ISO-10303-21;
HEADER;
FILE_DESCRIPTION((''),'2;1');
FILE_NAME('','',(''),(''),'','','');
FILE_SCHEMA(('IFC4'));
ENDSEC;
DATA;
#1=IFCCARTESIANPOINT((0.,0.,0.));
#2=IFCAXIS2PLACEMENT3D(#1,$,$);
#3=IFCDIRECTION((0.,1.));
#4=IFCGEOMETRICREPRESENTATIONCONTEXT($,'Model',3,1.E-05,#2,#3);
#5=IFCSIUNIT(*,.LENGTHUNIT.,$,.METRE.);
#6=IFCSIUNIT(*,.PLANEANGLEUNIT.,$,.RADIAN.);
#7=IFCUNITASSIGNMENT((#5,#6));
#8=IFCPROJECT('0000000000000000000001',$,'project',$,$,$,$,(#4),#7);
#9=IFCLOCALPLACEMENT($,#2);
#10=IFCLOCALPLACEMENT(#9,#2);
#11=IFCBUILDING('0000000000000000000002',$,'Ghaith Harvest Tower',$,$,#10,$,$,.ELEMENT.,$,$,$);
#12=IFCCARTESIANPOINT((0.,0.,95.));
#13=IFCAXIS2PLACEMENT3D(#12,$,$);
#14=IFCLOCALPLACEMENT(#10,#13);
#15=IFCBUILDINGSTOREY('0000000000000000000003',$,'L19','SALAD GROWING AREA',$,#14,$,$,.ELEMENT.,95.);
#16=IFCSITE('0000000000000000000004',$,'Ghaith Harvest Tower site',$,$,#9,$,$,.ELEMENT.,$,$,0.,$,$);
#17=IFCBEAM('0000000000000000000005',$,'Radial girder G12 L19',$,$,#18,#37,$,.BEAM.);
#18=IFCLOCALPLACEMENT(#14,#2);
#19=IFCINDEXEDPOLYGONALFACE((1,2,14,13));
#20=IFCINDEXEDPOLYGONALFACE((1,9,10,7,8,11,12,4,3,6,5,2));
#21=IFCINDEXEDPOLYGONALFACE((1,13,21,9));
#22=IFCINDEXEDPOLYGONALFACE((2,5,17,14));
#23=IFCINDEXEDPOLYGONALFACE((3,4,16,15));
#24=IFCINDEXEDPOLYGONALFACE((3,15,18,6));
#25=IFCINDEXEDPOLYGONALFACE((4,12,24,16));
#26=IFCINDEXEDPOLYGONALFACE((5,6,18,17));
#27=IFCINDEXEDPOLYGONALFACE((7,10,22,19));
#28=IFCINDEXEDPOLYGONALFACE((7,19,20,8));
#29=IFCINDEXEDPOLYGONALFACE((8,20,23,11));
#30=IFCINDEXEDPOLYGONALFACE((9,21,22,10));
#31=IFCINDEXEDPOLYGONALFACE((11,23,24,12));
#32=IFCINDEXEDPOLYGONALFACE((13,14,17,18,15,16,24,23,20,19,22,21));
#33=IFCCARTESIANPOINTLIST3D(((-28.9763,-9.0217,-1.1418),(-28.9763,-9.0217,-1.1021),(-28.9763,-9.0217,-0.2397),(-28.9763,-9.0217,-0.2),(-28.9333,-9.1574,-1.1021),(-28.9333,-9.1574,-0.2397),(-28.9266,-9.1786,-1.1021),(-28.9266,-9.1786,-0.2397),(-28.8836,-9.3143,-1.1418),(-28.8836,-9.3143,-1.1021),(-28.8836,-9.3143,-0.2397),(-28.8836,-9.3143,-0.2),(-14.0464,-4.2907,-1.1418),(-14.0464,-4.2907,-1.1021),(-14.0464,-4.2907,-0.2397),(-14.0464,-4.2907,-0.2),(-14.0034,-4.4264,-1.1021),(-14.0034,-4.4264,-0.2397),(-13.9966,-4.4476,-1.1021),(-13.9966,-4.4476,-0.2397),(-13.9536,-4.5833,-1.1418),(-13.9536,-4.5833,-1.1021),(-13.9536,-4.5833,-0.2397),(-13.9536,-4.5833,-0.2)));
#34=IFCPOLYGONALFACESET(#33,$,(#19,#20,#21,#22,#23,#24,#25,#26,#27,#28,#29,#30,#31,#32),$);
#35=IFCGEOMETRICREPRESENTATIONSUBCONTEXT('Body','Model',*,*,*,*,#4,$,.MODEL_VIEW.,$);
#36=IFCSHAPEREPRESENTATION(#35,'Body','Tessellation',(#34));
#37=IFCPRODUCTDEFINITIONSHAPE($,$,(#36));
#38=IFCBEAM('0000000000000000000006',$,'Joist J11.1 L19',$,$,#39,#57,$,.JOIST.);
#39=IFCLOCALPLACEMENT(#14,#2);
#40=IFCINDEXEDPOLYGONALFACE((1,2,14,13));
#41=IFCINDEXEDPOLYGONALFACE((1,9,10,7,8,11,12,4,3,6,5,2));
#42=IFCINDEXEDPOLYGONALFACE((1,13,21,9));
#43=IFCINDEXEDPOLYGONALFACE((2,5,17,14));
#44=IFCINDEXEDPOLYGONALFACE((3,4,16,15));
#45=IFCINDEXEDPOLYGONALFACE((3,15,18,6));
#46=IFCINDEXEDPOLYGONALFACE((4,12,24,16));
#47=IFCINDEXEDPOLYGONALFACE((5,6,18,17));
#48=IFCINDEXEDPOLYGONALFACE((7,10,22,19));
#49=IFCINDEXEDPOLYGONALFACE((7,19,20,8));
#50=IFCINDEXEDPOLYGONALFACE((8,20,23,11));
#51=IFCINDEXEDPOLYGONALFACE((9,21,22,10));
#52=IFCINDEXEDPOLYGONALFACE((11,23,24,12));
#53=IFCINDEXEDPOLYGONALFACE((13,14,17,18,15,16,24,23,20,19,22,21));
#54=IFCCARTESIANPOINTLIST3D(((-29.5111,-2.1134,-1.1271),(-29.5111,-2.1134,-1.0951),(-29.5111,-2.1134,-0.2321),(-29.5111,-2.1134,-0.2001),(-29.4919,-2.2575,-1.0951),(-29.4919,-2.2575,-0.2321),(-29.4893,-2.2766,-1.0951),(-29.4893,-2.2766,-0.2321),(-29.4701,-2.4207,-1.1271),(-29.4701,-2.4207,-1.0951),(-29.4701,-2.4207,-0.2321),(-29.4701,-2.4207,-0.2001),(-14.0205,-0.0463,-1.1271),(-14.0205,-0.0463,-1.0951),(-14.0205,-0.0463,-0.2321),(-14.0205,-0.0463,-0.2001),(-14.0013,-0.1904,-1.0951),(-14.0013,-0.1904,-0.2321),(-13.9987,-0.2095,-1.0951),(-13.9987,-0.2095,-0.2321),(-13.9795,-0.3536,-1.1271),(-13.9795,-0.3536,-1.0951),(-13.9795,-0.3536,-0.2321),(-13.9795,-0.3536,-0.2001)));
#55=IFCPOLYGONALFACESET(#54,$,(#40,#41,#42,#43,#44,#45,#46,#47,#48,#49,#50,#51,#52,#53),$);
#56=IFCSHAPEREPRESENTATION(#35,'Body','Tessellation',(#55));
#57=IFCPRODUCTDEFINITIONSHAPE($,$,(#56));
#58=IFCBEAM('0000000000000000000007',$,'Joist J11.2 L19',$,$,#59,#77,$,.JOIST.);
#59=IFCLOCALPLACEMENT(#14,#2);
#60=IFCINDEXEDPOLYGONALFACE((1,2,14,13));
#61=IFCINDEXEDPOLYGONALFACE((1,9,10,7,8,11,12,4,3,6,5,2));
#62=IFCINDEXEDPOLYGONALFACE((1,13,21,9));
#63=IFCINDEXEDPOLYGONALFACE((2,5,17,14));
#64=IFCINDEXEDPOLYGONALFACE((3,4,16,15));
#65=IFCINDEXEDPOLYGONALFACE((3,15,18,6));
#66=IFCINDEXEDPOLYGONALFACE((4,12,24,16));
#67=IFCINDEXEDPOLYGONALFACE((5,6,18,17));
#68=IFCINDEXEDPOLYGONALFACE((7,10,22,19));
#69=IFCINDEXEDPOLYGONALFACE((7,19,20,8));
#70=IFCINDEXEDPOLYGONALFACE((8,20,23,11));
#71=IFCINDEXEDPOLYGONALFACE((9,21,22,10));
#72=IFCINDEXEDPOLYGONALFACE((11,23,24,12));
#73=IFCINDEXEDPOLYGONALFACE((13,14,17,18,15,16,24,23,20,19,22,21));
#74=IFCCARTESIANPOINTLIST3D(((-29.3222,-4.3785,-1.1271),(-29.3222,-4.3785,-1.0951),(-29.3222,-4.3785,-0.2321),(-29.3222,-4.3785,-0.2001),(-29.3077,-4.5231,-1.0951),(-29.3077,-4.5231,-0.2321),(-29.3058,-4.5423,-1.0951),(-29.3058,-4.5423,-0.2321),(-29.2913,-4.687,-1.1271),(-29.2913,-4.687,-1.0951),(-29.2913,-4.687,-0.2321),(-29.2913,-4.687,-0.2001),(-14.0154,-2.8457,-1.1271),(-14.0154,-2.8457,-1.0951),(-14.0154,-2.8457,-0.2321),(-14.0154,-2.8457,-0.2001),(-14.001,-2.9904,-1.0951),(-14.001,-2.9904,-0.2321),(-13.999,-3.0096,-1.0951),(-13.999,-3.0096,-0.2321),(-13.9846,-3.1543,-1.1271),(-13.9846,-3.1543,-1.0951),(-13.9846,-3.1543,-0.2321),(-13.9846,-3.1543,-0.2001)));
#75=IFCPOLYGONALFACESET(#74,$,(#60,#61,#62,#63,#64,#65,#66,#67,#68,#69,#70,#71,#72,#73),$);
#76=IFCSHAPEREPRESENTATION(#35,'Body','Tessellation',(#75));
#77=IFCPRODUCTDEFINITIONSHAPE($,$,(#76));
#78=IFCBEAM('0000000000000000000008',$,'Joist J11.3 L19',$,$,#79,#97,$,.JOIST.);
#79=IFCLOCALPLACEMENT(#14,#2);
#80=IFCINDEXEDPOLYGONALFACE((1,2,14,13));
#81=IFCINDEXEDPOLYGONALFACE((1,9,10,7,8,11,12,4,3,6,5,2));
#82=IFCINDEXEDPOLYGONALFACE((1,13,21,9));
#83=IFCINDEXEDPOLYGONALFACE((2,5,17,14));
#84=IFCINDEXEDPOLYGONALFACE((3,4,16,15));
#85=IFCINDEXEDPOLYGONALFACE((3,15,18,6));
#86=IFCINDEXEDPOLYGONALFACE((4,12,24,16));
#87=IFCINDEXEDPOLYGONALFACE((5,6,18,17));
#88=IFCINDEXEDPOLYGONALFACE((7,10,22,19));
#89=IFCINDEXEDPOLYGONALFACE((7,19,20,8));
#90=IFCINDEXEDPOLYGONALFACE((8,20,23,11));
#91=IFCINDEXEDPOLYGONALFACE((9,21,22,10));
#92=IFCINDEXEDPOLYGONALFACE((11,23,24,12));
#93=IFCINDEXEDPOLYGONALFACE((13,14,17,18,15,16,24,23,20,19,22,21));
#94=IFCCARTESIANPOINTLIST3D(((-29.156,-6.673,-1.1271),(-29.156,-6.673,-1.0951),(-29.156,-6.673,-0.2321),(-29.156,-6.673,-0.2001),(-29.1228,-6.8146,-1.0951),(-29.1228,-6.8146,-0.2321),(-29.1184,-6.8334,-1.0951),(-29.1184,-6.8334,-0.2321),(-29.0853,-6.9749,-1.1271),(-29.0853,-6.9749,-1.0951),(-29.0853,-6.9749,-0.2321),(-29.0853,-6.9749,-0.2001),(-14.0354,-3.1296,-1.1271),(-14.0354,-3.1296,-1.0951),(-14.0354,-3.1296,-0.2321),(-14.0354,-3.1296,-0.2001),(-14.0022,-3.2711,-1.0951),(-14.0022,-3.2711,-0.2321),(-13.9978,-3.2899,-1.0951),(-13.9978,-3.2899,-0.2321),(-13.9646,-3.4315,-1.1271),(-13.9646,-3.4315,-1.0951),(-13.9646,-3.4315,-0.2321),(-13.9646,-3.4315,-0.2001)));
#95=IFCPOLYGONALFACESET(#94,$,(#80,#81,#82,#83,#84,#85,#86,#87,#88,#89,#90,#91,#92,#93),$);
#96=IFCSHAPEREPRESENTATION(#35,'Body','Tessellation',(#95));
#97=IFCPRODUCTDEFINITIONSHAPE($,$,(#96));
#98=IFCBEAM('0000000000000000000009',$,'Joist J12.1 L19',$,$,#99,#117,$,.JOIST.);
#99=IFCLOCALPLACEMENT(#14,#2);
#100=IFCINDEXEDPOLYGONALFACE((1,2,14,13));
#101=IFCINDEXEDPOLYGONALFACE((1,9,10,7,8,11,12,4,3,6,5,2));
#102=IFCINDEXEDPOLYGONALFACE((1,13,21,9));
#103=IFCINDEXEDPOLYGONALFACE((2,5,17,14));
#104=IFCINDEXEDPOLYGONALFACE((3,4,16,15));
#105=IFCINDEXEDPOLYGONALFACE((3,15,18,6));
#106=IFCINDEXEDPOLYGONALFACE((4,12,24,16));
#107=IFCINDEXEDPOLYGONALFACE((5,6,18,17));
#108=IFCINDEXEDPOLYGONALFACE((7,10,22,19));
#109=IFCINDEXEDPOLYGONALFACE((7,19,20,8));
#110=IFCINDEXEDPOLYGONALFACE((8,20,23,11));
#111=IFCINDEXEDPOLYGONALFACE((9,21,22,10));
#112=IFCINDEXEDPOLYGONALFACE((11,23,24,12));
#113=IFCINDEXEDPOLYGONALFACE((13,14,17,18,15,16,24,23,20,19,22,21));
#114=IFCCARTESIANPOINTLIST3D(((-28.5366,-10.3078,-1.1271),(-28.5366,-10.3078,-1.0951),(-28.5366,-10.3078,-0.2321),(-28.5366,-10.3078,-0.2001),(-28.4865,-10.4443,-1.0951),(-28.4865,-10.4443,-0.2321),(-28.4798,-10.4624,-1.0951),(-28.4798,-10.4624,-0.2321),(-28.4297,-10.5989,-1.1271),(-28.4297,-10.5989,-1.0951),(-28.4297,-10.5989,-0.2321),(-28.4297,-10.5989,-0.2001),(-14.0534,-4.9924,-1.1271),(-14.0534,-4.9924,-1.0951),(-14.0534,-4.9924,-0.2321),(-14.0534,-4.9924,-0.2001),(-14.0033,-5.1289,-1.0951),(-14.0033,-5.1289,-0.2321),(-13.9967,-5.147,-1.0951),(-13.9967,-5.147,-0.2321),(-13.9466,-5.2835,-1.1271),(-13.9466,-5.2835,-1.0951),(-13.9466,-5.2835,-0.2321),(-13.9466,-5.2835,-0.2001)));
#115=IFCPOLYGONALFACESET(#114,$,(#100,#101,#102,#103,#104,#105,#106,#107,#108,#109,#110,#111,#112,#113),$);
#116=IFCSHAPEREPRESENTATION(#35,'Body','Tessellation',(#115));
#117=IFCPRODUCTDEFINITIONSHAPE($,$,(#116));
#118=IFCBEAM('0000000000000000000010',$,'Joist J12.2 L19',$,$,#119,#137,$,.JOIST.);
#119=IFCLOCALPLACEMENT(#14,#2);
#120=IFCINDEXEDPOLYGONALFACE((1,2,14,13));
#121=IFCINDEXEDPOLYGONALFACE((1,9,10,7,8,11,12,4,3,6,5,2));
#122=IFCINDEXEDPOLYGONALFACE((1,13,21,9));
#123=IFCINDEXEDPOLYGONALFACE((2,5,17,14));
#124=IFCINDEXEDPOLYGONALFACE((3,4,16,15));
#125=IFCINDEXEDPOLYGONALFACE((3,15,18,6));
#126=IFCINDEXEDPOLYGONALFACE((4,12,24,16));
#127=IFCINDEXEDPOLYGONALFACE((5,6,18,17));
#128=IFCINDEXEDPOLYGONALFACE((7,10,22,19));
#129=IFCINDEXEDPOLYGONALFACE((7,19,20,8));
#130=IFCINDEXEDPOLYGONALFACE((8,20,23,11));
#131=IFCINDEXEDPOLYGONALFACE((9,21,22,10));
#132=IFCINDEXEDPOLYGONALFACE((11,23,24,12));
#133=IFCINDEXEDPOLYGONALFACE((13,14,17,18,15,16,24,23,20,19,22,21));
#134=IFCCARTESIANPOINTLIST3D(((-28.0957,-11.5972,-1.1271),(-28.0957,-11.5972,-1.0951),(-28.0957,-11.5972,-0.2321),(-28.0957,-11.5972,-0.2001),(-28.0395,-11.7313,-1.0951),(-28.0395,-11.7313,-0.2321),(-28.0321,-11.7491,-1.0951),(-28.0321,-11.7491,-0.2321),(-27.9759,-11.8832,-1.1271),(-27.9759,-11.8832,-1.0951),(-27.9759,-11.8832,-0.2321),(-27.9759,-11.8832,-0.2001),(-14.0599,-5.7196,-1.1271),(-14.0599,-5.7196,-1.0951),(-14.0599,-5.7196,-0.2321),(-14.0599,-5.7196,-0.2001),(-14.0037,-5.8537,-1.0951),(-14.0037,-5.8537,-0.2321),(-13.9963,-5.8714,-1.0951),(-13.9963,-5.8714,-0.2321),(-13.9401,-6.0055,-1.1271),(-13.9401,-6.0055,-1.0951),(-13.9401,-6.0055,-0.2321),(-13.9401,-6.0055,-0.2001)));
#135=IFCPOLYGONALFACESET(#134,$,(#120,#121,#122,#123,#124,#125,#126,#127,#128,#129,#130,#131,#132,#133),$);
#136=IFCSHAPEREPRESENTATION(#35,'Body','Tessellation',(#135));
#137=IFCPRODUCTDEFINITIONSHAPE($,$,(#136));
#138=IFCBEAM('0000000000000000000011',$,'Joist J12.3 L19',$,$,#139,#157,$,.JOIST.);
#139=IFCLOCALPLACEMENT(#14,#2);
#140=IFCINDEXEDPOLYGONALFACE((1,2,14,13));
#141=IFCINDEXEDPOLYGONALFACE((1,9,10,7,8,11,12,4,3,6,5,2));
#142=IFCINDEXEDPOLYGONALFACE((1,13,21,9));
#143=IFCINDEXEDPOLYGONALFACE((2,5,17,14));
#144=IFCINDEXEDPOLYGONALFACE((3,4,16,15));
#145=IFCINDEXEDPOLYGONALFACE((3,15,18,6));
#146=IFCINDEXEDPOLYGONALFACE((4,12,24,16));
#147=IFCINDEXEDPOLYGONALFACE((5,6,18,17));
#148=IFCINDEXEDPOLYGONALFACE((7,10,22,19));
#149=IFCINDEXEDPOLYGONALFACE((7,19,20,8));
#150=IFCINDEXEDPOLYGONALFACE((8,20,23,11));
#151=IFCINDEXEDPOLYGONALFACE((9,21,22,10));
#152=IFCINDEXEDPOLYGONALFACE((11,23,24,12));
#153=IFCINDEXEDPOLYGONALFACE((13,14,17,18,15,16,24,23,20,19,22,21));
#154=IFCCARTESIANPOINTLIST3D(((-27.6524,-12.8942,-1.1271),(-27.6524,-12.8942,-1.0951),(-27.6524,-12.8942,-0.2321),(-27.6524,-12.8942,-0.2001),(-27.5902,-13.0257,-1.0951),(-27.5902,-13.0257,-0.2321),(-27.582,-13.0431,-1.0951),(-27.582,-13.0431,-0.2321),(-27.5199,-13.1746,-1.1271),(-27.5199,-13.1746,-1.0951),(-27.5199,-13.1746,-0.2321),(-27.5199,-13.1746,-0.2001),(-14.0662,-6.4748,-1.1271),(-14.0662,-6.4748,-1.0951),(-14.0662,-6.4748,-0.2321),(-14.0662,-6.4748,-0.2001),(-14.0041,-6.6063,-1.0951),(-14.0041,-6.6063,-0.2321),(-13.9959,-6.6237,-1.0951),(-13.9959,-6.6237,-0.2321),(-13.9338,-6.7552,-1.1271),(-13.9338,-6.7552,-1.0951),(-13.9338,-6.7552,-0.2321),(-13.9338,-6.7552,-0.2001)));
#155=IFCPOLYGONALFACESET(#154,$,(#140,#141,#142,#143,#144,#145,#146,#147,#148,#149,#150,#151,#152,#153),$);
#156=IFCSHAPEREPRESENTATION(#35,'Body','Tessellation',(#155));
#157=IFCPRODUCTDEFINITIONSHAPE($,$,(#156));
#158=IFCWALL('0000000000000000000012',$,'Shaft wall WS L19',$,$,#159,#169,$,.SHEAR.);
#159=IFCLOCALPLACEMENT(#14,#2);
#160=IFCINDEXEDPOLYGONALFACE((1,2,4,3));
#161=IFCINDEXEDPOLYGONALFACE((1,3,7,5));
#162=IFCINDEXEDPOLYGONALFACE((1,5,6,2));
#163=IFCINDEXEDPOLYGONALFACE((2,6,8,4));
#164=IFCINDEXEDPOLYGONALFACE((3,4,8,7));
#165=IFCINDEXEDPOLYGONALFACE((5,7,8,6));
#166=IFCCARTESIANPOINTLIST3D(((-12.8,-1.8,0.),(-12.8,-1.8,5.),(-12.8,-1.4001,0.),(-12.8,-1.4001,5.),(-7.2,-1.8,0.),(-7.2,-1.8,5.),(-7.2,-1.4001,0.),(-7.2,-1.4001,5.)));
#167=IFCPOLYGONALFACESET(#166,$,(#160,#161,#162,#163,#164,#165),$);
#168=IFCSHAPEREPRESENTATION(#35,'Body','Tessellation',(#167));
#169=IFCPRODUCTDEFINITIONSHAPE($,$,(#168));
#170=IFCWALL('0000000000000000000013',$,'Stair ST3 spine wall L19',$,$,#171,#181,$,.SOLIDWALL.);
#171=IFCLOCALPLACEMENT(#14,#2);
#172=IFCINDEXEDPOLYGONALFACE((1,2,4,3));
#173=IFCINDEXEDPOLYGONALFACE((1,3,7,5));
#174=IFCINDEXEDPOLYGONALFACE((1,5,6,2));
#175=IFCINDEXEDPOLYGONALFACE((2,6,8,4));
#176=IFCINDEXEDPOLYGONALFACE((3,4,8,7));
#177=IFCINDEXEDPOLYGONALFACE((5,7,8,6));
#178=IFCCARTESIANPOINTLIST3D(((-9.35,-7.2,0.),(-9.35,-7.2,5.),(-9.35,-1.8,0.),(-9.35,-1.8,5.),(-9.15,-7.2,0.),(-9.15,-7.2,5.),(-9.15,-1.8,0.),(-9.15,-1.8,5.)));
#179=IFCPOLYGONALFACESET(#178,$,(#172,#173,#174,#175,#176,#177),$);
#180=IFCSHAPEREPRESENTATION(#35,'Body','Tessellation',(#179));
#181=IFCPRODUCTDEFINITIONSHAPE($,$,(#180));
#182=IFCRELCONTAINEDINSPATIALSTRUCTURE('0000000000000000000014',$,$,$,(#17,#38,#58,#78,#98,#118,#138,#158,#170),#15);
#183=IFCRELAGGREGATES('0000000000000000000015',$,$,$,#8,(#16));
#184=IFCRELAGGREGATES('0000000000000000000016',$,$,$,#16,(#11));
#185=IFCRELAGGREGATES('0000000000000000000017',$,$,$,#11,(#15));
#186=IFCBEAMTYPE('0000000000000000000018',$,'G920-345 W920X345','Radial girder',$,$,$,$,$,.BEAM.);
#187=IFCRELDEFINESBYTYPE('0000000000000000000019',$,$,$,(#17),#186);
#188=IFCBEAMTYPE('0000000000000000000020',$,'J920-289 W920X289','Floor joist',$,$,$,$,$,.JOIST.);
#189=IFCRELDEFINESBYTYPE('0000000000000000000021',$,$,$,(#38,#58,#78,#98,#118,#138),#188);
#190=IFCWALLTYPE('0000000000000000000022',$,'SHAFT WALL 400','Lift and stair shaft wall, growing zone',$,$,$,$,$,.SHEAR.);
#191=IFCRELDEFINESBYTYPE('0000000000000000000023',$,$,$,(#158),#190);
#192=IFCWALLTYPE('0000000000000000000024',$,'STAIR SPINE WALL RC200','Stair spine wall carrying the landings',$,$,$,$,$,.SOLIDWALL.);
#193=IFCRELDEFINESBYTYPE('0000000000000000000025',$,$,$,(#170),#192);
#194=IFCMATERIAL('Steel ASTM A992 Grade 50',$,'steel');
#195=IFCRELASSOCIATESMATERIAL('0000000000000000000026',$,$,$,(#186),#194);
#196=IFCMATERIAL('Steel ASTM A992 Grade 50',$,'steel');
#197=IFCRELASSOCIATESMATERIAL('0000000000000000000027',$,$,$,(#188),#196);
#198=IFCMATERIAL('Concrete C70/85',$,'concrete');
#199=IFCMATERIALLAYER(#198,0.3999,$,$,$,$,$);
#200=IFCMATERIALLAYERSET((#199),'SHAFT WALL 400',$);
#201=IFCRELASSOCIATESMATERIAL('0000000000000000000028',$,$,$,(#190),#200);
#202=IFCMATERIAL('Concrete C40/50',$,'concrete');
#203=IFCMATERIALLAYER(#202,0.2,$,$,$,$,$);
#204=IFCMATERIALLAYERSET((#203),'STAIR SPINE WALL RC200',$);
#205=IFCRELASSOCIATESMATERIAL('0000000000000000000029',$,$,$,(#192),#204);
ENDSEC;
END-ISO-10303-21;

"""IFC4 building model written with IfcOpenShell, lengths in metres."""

from ifc_helpers import new_model, si_unit, direction, frame, frame_2d, origin, origin_2d, place, context, subcontext, project, spatial, rectangle, i_section, extrude, material, layer, layer_set, material_profile, profile_set, type_object, element, save


model = new_model("IFC4")

# Units and contexts
model_context = context("Model", 3, precision=1e-05, world=origin(), true_north=direction((0.0, 1.0)))
body_context = subcontext(model_context, "Body", "Model", "MODEL_VIEW")
ifc_project = project(units=[si_unit("LENGTHUNIT", "METRE"), si_unit("PLANEANGLEUNIT", "RADIAN")], contexts=[model_context])

# Site, building, storey
site_placement = place(None, origin())
site = spatial("IfcSite", under=ifc_project, at=site_placement, Name="Ghaith Harvest Tower site", CompositionType="ELEMENT", RefElevation=0.0)
building_placement = place(site_placement, origin())
building = spatial("IfcBuilding", under=site, at=building_placement, Name="Ghaith Harvest Tower", CompositionType="ELEMENT")
storey_placement = place(building_placement, frame((0.0, 0.0, 95.0)))
storey = spatial("IfcBuildingStorey", under=building, at=storey_placement, Name="L19", Description="SALAD GROWING AREA", CompositionType="ELEMENT", Elevation=95.0)

# Beams
ifc_material_1 = material(Name="Steel ASTM A992 Grade 50", Category="steel")
ifc_material_profile_1 = material_profile(ifc_material_1, i_section(OverallWidth=0.3069, OverallDepth=0.9419, WebThickness=0.0222, FlangeThickness=0.0398, at=origin_2d()), Name="W920X345")
ifc_profile_set_1 = profile_set([ifc_material_profile_1], Name="Steel ASTM A992 Grade 50")
beam_type_1 = type_object("IfcBeamType", Name="G920-345 W920X345", Description="Radial girder", PredefinedType="BEAM", material=ifc_profile_set_1)
beam_1_placement = place(storey_placement, frame((-14.0, -4.437, -0.6709), z_axis=(-0.953284, -0.302074, 0.0), x_axis=(0.302074, -0.953284, 0.0)))
element("IfcBeam", 1, at=beam_1_placement, inside=storey, type_object=beam_type_1, Name="Radial girder G12 L19", PredefinedType="BEAM", context=body_context, shape_type="SweptSolid", body=[
    extrude(i_section(OverallWidth=0.3069, OverallDepth=0.9419, WebThickness=0.0222, FlangeThickness=0.0398, at=origin_2d()), origin(), (0.0, 0.0, 1.0), 15.6616),
])
ifc_material_2 = material(Name="Steel ASTM A992 Grade 50", Category="steel")
ifc_material_profile_2 = material_profile(ifc_material_2, i_section(OverallWidth=0.3101, OverallDepth=0.927, WebThickness=0.0193, FlangeThickness=0.032, at=origin_2d()), Name="W920X289")
ifc_profile_set_2 = profile_set([ifc_material_profile_2], Name="Steel ASTM A992 Grade 50")
beam_type_2 = type_object("IfcBeamType", Name="J920-289 W920X289", Description="Floor joist", PredefinedType="JOIST", material=ifc_profile_set_2)
beam_2_placement = place(storey_placement, frame((-14.0, -0.2, -0.6636), z_axis=(-0.991214, -0.132271, 0.0), x_axis=(0.132271, -0.991214, 0.0)))
element("IfcBeam", 2, at=beam_2_placement, inside=storey, type_object=beam_type_2, Name="Joist J11.1 L19", PredefinedType="JOIST", context=body_context, shape_type="SweptSolid", body=[
    extrude(i_section(OverallWidth=0.3101, OverallDepth=0.927, WebThickness=0.0193, FlangeThickness=0.032, at=origin_2d()), origin(), (0.0, 0.0, 1.0), 15.6279),
])
beam_3_placement = place(storey_placement, frame((-14.0, -3.0, -0.6636), z_axis=(-0.995024, -0.099636, 0.0), x_axis=(0.099636, -0.995024, 0.0)))
element("IfcBeam", 3, at=beam_3_placement, inside=storey, type_object=beam_type_2, Name="Joist J11.2 L19", PredefinedType="JOIST", context=body_context, shape_type="SweptSolid", body=[
    extrude(i_section(OverallWidth=0.3101, OverallDepth=0.927, WebThickness=0.0193, FlangeThickness=0.032, at=origin_2d()), origin(), (0.0, 0.0, 1.0), 15.3833),
])
beam_4_placement = place(storey_placement, frame((-14.0, -3.2805, -0.6636), z_axis=(-0.973623, -0.228165, 0.0), x_axis=(0.228165, -0.973623, 0.0)))
element("IfcBeam", 4, at=beam_4_placement, inside=storey, type_object=beam_type_2, Name="Joist J11.3 L19", PredefinedType="JOIST", context=body_context, shape_type="SweptSolid", body=[
    extrude(i_section(OverallWidth=0.3101, OverallDepth=0.927, WebThickness=0.0193, FlangeThickness=0.032, at=origin_2d()), origin(), (0.0, 0.0, 1.0), 15.5303),
])
beam_5_placement = place(storey_placement, frame((-14.0, -5.1379, -0.6636), z_axis=(-0.938773, -0.344537, 0.0), x_axis=(0.344537, -0.938773, 0.0)))
element("IfcBeam", 5, at=beam_5_placement, inside=storey, type_object=beam_type_2, Name="Joist J12.1 L19", PredefinedType="JOIST", context=body_context, shape_type="SweptSolid", body=[
    extrude(i_section(OverallWidth=0.3101, OverallDepth=0.927, WebThickness=0.0193, FlangeThickness=0.032, at=origin_2d()), origin(), (0.0, 0.0, 1.0), 15.4277),
])
beam_6_placement = place(storey_placement, frame((-14.0, -5.8625, -0.6636), z_axis=(-0.92239, -0.386261, 0.0), x_axis=(0.386261, -0.92239, 0.0)))
element("IfcBeam", 6, at=beam_6_placement, inside=storey, type_object=beam_type_2, Name="Joist J12.2 L19", PredefinedType="JOIST", context=body_context, shape_type="SweptSolid", body=[
    extrude(i_section(OverallWidth=0.3101, OverallDepth=0.927, WebThickness=0.0193, FlangeThickness=0.032, at=origin_2d()), origin(), (0.0, 0.0, 1.0), 15.2168),
])
beam_7_placement = place(storey_placement, frame((-14.0, -6.615, -0.6636), z_axis=(-0.904153, -0.42721, 0.0), x_axis=(0.42721, -0.904153, 0.0)))
element("IfcBeam", 7, at=beam_7_placement, inside=storey, type_object=beam_type_2, Name="Joist J12.3 L19", PredefinedType="JOIST", context=body_context, shape_type="SweptSolid", body=[
    extrude(i_section(OverallWidth=0.3101, OverallDepth=0.927, WebThickness=0.0193, FlangeThickness=0.032, at=origin_2d()), origin(), (0.0, 0.0, 1.0), 15.0264),
])

# Walls
ifc_material_3 = material(Name="Concrete C70/85", Category="concrete")
ifc_layer_1 = layer(ifc_material_3, 0.3999)
ifc_layer_set_1 = layer_set([ifc_layer_1], Name="SHAFT WALL 400")
wall_type_1 = type_object("IfcWallType", Name="SHAFT WALL 400", Description="Lift and stair shaft wall, growing zone", PredefinedType="SHEAR", material=ifc_layer_set_1)
wall_1_placement = place(storey_placement, frame((-12.8, -1.6001, 0.0), z_axis=(0.0, 0.0, 1.0), x_axis=(1.0, 0.0, 0.0)))
element("IfcWall", 8, at=wall_1_placement, inside=storey, type_object=wall_type_1, Name="Shaft wall WS L19", PredefinedType="SHEAR", context=body_context, shape_type="SweptSolid", body=[
    extrude(rectangle(XDim=5.6001, YDim=0.3999, at=frame_2d((2.8, 0.0))), origin(), (0.0, 0.0, 1.0), 5.0),
])
ifc_material_4 = material(Name="Concrete C40/50", Category="concrete")
ifc_layer_2 = layer(ifc_material_4, 0.2)
ifc_layer_set_2 = layer_set([ifc_layer_2], Name="STAIR SPINE WALL RC200")
wall_type_2 = type_object("IfcWallType", Name="STAIR SPINE WALL RC200", Description="Stair spine wall carrying the landings", PredefinedType="SOLIDWALL", material=ifc_layer_set_2)
wall_2_placement = place(storey_placement, frame((-9.25, -7.2, 0.0), z_axis=(0.0, 0.0, 1.0), x_axis=(0.0, 1.0, 0.0)))
element("IfcWall", 9, at=wall_2_placement, inside=storey, type_object=wall_type_2, Name="Stair ST3 spine wall L19", PredefinedType="SOLIDWALL", context=body_context, shape_type="SweptSolid", body=[
    extrude(rectangle(XDim=5.3999, YDim=0.2, at=frame_2d((2.7, 0.0))), origin(), (0.0, 0.0, 1.0), 5.0),
])

save(model, "model.ifc")
